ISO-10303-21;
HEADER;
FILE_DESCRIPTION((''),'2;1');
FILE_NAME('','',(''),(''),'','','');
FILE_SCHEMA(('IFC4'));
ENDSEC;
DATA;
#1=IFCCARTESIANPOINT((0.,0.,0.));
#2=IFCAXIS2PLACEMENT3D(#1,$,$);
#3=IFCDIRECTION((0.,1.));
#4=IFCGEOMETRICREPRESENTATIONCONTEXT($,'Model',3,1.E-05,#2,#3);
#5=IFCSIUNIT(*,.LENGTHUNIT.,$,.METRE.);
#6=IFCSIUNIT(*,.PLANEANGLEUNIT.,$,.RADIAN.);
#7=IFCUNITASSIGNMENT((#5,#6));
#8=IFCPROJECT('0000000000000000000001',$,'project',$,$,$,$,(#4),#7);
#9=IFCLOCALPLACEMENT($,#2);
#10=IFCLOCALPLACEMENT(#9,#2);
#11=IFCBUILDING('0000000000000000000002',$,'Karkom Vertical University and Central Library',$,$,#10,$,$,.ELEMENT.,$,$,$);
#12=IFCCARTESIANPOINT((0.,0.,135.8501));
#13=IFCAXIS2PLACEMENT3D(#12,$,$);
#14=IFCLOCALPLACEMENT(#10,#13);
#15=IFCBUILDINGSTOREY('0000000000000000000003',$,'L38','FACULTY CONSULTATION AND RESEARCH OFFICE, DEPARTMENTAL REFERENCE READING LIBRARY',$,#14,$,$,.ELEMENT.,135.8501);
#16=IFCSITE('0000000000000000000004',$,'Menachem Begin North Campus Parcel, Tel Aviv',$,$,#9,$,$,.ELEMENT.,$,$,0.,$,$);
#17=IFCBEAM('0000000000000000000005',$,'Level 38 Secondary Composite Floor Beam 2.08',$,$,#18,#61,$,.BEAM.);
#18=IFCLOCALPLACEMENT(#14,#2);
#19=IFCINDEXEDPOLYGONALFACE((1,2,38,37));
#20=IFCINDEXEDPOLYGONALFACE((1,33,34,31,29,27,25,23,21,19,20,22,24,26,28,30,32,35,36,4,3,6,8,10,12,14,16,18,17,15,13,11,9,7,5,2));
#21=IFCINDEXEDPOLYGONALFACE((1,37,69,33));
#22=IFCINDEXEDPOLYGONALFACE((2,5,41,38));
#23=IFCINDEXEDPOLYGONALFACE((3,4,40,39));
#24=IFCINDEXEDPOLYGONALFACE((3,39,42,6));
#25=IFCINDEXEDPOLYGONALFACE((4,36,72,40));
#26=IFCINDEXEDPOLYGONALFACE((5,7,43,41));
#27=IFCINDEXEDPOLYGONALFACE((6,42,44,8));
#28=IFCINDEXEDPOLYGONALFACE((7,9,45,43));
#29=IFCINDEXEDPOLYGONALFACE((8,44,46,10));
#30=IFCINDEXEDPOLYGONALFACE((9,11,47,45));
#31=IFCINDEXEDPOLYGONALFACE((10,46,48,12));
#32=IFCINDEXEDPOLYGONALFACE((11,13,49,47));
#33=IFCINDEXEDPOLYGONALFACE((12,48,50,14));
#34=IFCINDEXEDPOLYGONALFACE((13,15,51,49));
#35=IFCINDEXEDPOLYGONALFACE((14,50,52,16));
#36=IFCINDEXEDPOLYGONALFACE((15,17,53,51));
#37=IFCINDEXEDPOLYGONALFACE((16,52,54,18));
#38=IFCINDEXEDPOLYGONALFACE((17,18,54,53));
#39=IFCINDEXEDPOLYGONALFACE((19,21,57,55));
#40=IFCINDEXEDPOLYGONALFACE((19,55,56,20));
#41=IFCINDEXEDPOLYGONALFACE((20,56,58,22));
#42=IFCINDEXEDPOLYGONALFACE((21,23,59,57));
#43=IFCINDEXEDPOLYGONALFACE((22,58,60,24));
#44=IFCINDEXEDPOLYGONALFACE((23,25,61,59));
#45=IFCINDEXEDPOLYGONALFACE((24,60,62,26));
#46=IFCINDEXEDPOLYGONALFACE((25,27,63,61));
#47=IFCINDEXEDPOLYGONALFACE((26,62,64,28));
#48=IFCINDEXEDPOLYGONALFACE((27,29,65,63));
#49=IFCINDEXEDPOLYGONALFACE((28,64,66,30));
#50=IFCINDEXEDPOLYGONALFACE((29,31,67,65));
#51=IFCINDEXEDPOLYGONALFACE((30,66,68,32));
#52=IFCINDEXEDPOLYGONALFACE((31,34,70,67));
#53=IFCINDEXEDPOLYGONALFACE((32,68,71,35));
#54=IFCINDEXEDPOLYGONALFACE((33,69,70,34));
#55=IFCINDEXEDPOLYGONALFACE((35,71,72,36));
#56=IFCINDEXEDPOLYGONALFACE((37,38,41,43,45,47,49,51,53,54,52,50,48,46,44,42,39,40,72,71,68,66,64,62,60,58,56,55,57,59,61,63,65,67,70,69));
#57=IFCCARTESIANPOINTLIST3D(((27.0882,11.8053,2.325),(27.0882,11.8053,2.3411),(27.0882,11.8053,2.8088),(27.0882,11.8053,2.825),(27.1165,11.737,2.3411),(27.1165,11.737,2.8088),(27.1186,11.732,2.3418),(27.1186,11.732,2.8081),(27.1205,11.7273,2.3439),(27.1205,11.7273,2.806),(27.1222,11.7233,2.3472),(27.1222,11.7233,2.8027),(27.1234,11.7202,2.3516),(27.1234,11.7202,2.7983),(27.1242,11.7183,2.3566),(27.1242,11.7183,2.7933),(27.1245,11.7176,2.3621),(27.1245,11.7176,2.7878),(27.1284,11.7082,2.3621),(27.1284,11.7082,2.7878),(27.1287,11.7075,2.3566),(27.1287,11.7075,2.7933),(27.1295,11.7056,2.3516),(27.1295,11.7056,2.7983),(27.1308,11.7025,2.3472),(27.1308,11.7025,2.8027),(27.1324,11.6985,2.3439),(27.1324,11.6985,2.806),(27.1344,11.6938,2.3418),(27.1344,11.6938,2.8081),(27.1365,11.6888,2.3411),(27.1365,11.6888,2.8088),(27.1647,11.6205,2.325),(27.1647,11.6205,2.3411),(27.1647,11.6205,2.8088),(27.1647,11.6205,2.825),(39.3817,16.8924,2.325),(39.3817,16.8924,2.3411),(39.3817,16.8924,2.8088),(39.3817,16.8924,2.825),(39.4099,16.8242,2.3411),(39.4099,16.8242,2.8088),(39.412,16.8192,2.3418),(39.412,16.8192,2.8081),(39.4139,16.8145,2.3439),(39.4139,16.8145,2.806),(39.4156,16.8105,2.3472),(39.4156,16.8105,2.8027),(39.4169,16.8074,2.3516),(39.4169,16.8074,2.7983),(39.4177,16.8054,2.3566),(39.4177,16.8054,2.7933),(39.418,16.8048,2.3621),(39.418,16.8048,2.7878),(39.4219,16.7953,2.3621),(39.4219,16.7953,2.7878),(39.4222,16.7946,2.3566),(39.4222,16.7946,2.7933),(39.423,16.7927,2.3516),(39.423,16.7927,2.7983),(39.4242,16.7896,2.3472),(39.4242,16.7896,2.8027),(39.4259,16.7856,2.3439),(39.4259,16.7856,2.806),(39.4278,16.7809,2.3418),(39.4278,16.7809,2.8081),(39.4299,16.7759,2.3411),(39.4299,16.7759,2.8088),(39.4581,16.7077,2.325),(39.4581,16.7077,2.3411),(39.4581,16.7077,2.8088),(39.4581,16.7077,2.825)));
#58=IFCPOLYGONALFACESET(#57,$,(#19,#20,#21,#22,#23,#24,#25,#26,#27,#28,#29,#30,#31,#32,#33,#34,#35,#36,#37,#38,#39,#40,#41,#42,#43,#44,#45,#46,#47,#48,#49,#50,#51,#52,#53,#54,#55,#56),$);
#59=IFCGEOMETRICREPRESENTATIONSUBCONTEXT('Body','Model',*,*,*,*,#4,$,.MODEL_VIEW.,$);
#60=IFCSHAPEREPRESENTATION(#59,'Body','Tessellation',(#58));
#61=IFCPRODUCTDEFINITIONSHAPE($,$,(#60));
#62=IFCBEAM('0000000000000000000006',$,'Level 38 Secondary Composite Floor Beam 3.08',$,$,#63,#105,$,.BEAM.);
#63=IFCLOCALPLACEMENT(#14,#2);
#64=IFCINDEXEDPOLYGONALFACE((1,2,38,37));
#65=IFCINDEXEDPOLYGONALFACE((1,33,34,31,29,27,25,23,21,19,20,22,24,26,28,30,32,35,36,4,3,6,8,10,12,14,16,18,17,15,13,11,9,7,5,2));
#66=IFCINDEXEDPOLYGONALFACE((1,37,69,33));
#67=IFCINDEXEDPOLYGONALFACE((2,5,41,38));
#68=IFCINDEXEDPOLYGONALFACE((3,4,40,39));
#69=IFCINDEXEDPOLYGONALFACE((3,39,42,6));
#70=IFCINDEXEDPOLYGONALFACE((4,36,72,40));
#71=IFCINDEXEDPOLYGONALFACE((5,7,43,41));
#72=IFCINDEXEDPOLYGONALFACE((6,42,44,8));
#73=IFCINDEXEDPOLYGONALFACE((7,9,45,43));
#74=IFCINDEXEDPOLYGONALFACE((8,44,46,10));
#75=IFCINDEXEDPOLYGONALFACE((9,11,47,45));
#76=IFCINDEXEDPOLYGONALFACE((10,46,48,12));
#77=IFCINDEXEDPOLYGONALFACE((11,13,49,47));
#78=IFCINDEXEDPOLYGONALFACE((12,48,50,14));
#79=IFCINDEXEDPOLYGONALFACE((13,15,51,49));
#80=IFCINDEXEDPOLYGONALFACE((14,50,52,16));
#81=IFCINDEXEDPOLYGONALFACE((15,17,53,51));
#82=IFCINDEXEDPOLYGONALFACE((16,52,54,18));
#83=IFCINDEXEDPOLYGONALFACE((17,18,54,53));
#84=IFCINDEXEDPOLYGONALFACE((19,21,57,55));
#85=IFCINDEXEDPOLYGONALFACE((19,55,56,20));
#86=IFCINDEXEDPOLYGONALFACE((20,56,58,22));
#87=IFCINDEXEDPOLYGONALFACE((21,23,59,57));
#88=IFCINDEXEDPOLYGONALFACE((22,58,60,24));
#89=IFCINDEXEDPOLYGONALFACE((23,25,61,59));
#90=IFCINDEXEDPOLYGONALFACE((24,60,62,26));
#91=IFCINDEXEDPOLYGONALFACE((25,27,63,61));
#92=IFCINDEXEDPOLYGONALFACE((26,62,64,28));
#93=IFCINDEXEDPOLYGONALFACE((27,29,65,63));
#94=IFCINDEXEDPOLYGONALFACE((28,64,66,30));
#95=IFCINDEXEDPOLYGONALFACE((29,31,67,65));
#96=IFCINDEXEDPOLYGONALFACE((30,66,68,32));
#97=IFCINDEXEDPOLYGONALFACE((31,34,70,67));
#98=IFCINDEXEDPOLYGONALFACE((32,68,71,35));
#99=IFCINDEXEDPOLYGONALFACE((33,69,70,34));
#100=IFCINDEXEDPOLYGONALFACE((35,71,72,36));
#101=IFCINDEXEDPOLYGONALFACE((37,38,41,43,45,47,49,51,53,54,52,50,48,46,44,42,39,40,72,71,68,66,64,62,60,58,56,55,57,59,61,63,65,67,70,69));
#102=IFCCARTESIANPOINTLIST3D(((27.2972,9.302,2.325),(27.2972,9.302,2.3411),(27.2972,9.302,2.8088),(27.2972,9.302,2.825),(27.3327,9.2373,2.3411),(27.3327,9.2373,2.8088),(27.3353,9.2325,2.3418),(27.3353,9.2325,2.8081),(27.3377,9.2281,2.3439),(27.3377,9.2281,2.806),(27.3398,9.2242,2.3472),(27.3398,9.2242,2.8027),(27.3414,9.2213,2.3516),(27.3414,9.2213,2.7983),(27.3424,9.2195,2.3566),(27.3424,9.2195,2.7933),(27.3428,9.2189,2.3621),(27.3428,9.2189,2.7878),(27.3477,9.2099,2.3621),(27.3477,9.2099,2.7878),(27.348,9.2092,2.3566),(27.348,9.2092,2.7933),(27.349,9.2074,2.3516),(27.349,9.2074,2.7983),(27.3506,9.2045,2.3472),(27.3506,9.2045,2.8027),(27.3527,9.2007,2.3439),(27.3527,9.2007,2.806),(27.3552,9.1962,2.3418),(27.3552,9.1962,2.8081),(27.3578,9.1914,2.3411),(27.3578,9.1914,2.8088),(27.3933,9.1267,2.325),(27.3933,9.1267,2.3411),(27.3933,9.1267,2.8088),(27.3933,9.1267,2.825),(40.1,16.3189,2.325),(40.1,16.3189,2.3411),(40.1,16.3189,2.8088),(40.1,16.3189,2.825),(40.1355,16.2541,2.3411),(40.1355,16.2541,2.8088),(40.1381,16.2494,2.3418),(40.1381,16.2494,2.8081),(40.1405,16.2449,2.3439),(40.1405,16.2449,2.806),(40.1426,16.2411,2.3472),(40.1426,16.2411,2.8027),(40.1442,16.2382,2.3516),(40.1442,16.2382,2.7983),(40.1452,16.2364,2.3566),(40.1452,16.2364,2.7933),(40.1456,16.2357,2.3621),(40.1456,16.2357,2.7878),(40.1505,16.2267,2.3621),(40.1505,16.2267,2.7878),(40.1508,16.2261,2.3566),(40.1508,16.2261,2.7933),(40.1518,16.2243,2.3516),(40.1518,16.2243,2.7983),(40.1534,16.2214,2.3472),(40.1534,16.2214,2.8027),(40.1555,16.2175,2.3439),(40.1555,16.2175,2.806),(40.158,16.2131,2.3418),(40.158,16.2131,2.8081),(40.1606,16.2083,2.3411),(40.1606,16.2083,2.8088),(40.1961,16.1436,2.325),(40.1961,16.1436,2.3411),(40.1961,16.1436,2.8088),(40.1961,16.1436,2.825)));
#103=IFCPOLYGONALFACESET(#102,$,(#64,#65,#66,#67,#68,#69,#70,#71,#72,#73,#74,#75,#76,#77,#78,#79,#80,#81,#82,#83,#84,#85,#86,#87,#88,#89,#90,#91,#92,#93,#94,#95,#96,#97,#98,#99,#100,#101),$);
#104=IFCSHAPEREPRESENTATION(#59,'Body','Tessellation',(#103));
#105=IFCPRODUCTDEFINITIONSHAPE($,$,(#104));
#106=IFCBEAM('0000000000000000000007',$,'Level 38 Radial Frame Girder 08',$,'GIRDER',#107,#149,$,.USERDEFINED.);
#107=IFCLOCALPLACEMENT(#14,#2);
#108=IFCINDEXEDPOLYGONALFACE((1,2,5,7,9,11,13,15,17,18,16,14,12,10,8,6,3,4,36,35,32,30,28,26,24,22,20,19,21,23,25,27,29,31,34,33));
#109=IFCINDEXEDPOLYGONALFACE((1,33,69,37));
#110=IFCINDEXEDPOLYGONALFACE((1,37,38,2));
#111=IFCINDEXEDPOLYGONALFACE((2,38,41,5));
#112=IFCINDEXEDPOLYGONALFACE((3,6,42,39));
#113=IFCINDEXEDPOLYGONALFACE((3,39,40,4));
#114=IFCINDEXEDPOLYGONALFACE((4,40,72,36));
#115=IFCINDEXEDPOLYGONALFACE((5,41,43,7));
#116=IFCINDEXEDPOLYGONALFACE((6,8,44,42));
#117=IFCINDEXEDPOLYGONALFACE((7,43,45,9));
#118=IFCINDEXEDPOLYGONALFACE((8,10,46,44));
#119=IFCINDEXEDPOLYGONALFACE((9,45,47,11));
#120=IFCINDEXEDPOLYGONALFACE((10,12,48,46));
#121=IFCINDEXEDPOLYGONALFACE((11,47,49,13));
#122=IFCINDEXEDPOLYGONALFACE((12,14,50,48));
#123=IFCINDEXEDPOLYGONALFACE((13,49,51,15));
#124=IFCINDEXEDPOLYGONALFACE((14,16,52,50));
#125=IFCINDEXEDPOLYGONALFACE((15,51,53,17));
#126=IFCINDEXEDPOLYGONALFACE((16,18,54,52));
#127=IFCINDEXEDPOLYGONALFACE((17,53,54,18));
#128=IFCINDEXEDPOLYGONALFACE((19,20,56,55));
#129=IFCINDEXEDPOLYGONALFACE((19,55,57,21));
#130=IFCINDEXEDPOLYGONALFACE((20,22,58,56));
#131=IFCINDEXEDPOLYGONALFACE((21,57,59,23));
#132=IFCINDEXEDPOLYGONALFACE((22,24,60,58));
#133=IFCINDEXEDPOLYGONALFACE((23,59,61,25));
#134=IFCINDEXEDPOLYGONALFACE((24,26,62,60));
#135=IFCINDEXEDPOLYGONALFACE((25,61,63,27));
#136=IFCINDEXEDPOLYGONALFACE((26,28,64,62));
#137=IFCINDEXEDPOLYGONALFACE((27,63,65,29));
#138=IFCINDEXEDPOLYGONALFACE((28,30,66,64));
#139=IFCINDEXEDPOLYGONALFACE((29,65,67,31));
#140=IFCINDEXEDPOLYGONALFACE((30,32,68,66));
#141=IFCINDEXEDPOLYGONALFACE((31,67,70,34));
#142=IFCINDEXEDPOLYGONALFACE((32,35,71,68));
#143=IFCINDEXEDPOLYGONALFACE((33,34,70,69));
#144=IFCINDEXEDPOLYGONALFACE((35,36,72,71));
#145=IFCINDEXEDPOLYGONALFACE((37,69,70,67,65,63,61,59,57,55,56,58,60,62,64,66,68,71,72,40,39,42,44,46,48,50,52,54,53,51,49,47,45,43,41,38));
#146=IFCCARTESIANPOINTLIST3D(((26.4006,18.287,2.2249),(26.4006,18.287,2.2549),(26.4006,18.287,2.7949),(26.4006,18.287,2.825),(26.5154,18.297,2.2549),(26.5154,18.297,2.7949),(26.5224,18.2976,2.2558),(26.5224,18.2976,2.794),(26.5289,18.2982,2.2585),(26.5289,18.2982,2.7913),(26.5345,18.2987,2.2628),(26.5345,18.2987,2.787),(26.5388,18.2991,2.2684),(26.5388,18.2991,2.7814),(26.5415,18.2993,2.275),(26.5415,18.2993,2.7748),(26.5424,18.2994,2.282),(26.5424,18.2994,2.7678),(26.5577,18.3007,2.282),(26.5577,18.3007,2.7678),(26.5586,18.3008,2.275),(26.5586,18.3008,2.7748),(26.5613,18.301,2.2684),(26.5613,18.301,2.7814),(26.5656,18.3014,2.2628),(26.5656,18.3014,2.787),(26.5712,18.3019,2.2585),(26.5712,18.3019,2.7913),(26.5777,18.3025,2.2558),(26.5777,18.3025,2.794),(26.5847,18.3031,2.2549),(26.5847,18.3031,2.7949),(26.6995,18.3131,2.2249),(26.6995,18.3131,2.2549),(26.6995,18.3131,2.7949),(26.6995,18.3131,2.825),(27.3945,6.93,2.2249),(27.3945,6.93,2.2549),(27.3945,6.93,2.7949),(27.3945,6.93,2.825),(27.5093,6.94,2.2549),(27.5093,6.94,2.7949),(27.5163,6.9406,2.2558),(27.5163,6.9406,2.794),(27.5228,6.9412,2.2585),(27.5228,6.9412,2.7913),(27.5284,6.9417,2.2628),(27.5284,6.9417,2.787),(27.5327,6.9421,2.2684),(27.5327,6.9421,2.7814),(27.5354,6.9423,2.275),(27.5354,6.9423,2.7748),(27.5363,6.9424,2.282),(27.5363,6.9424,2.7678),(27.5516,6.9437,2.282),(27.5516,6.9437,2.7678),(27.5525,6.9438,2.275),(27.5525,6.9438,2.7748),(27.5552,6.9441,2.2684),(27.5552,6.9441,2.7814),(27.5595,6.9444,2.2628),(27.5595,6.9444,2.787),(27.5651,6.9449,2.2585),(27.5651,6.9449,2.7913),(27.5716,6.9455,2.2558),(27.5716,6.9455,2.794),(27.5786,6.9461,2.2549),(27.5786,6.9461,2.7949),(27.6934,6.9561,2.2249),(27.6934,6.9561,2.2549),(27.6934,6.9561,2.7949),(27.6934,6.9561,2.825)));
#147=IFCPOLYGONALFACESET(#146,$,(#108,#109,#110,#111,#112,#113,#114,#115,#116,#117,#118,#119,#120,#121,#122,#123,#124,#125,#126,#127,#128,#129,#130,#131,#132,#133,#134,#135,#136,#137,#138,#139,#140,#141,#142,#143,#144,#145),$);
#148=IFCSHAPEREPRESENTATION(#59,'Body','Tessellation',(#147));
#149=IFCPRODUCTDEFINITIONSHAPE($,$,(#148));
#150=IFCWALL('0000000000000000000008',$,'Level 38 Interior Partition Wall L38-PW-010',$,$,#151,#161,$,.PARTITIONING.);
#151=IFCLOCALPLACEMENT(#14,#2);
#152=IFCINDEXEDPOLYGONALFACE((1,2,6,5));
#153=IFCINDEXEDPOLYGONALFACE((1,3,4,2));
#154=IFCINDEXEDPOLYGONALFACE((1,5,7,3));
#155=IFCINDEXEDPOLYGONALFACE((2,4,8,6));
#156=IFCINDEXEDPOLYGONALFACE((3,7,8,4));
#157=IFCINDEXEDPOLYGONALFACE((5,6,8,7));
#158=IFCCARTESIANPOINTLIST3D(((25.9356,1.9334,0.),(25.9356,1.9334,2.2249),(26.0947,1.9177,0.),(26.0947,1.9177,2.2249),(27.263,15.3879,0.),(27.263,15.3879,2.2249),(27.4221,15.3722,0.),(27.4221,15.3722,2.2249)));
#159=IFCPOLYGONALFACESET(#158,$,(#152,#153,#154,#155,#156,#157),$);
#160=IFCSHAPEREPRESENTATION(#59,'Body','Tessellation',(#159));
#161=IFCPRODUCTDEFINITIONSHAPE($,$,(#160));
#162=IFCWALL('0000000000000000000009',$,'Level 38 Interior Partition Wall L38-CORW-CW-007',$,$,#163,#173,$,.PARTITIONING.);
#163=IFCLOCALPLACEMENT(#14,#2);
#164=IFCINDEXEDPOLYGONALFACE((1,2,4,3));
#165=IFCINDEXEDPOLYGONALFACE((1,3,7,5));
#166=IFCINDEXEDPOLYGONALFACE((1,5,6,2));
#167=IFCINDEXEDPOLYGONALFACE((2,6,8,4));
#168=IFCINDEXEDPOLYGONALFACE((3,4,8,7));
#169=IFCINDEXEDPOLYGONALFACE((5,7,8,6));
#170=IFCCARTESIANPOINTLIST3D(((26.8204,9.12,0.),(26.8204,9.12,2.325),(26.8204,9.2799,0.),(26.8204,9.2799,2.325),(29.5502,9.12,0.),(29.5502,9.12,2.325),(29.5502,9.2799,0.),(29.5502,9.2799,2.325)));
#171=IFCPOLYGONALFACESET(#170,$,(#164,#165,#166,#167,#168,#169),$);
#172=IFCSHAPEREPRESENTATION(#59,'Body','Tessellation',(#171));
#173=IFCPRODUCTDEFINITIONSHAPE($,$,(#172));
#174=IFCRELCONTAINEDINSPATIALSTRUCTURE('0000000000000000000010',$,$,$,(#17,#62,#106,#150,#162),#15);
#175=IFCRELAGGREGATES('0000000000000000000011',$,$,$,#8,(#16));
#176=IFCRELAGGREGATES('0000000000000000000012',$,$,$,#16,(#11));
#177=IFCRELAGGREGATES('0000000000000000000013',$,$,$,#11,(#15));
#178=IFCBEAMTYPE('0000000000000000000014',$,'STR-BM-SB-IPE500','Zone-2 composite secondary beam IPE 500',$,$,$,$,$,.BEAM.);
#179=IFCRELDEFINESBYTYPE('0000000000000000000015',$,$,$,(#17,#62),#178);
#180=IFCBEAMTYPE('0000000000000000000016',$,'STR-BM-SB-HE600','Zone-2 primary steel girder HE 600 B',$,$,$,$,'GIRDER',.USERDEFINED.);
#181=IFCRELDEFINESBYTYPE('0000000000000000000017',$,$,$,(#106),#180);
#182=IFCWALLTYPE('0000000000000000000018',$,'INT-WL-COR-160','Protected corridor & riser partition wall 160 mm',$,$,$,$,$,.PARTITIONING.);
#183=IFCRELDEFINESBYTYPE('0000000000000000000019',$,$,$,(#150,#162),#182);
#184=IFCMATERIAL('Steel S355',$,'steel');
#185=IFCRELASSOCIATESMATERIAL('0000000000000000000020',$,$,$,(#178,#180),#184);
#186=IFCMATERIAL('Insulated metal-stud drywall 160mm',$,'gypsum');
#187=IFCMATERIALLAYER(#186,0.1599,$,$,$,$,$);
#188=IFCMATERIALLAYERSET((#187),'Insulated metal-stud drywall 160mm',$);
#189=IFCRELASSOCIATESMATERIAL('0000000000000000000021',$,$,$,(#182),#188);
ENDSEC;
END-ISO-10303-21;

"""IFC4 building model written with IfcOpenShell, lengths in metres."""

from ifc_helpers import new_model, si_unit, direction, frame, frame_2d, origin, origin_with_axes, origin_2d, place, context, subcontext, project, spatial, rectangle, i_section, extrude, source, transform, mapped, material, layer, layer_set, material_profile, profile_set, type_object, element, save


model = new_model("IFC4")

# Units and contexts
model_context = context("Model", 3, precision=1e-05, world=origin(), true_north=direction((0.0, 1.0)))
body_context = subcontext(model_context, "Body", "Model", "MODEL_VIEW")
ifc_project = project(units=[si_unit("LENGTHUNIT", "METRE"), si_unit("PLANEANGLEUNIT", "RADIAN")], contexts=[model_context])

# Site, building, storey
site_placement = place(None, origin())
site = spatial("IfcSite", under=ifc_project, at=site_placement, Name="Menachem Begin North Campus Parcel, Tel Aviv", CompositionType="ELEMENT", RefElevation=0.0)
building_placement = place(site_placement, origin())
building = spatial("IfcBuilding", under=site, at=building_placement, Name="Karkom Vertical University and Central Library", CompositionType="ELEMENT")
storey_placement = place(building_placement, frame((0.0, 0.0, 135.8501)))
storey = spatial("IfcBuildingStorey", under=building, at=storey_placement, Name="L38", Description="FACULTY CONSULTATION AND RESEARCH OFFICE, DEPARTMENTAL REFERENCE READING LIBRARY", CompositionType="ELEMENT", Elevation=135.8501)

# Beams
ifc_material_1 = material(Name="Steel S355", Category="steel")
ifc_material_profile_1 = material_profile(ifc_material_1, i_section(OverallWidth=0.2, OverallDepth=0.5, WebThickness=0.0103, FlangeThickness=0.0161, FilletRadius=0.021, at=origin_2d()), Name="IPE 500")
ifc_profile_set_1 = profile_set([ifc_material_profile_1], Name="Steel S355")
beam_type_1 = type_object("IfcBeamType", Name="STR-BM-SB-IPE500", Description="Zone-2 composite secondary beam IPE 500", PredefinedType="BEAM", material=ifc_profile_set_1)
shared_shape_1 = source(origin_with_axes(), body_context, "Body", "SweptSolid", [
    extrude(i_section(OverallWidth=0.2, OverallDepth=0.5, WebThickness=0.0103, FlangeThickness=0.0161, FilletRadius=0.021, at=origin_2d()), origin(), (0.0, 0.0, 1.0), 13.3044),
])
beam_1_placement = place(storey_placement, frame((27.1265, 11.7129, 2.575), z_axis=(0.924011, 0.382365, 0.0), x_axis=(-0.382365, 0.924011, 0.0)))
element("IfcBeam", 1, at=beam_1_placement, inside=storey, type_object=beam_type_1, Name="Level 38 Secondary Composite Floor Beam 2.08", PredefinedType="BEAM", context=body_context, shape_type="MappedRepresentation", body=[
    mapped(shared_shape_1, transform((0.0, 0.0, 0.0), scale=1.0)),
])
shared_shape_2 = source(origin_with_axes(), body_context, "Body", "SweptSolid", [
    extrude(i_section(OverallWidth=0.2, OverallDepth=0.5, WebThickness=0.0103, FlangeThickness=0.0161, FilletRadius=0.021, at=origin_2d()), origin(), (0.0, 0.0, 1.0), 14.5996),
])
beam_2_placement = place(storey_placement, frame((27.3452, 9.2144, 2.575), z_axis=(0.876928, 0.480622, 0.0), x_axis=(-0.480622, 0.876928, 0.0)))
element("IfcBeam", 2, at=beam_2_placement, inside=storey, type_object=beam_type_1, Name="Level 38 Secondary Composite Floor Beam 3.08", PredefinedType="BEAM", context=body_context, shape_type="MappedRepresentation", body=[
    mapped(shared_shape_2, transform((0.0, 0.0, 0.0), scale=1.0)),
])
ifc_material_profile_2 = material_profile(ifc_material_1, i_section(OverallWidth=0.3, OverallDepth=0.6001, WebThickness=0.0154, FlangeThickness=0.03, FilletRadius=0.0271, at=origin_2d()), Name="HE 600 B")
ifc_profile_set_2 = profile_set([ifc_material_profile_2], Name="Steel S355")
beam_type_2 = type_object("IfcBeamType", Name="STR-BM-SB-HE600", Description="Zone-2 primary steel girder HE 600 B", ElementType="GIRDER", PredefinedType="USERDEFINED", material=ifc_profile_set_2)
shared_shape_3 = source(origin_with_axes(), body_context, "Body", "SweptSolid", [
    extrude(i_section(OverallWidth=0.3, OverallDepth=0.6001, WebThickness=0.0154, FlangeThickness=0.03, FilletRadius=0.0271, at=origin_2d()), origin(), (0.0, 0.0, 1.0), 11.4004),
])
beam_3_placement = place(storey_placement, frame((26.55, 18.3, 2.5249), z_axis=(0.087181, -0.996192, 0.0), x_axis=(0.996192, 0.087181, 0.0)))
element("IfcBeam", 3, at=beam_3_placement, inside=storey, type_object=beam_type_2, Name="Level 38 Radial Frame Girder 08", ObjectType="GIRDER", PredefinedType="USERDEFINED", context=body_context, shape_type="MappedRepresentation", body=[
    mapped(shared_shape_3, transform((0.0, 0.0, 0.0), scale=1.0)),
])

# Wall
ifc_material_2 = material(Name="Insulated metal-stud drywall 160mm", Category="gypsum")
ifc_layer = layer(ifc_material_2, 0.1599)
ifc_layer_set = layer_set([ifc_layer], Name="Insulated metal-stud drywall 160mm")
wall_type = type_object("IfcWallType", Name="INT-WL-COR-160", Description="Protected corridor & riser partition wall 160 mm", PredefinedType="PARTITIONING", material=ifc_layer_set)
wall_1_placement = place(storey_placement, frame((27.3425, 15.3799, 0.0), z_axis=(0.0, 0.0, 1.0), x_axis=(-0.098182, -0.995168, 0.0)))
element("IfcWall", 4, at=wall_1_placement, inside=storey, type_object=wall_type, Name="Level 38 Interior Partition Wall L38-PW-010", PredefinedType="PARTITIONING", context=body_context, shape_type="SweptSolid", body=[
    extrude(rectangle(XDim=13.5198, YDim=0.1599, at=frame_2d((6.7598, 0.0))), origin(), (0.0, 0.0, 1.0), 2.2249),
])

# Wall
wall_2_placement = place(storey_placement, frame((29.55, 9.2, 0.0), z_axis=(0.0, 0.0, 1.0), x_axis=(-1.0, 0.0, 0.0)))
element("IfcWall", 5, at=wall_2_placement, inside=storey, type_object=wall_type, Name="Level 38 Interior Partition Wall L38-CORW-CW-007", PredefinedType="PARTITIONING", context=body_context, shape_type="SweptSolid", body=[
    extrude(rectangle(XDim=2.7297, YDim=0.1599, at=frame_2d((1.3647, 0.0))), origin(), (0.0, 0.0, 1.0), 2.325),
])

save(model, "model.ifc")
